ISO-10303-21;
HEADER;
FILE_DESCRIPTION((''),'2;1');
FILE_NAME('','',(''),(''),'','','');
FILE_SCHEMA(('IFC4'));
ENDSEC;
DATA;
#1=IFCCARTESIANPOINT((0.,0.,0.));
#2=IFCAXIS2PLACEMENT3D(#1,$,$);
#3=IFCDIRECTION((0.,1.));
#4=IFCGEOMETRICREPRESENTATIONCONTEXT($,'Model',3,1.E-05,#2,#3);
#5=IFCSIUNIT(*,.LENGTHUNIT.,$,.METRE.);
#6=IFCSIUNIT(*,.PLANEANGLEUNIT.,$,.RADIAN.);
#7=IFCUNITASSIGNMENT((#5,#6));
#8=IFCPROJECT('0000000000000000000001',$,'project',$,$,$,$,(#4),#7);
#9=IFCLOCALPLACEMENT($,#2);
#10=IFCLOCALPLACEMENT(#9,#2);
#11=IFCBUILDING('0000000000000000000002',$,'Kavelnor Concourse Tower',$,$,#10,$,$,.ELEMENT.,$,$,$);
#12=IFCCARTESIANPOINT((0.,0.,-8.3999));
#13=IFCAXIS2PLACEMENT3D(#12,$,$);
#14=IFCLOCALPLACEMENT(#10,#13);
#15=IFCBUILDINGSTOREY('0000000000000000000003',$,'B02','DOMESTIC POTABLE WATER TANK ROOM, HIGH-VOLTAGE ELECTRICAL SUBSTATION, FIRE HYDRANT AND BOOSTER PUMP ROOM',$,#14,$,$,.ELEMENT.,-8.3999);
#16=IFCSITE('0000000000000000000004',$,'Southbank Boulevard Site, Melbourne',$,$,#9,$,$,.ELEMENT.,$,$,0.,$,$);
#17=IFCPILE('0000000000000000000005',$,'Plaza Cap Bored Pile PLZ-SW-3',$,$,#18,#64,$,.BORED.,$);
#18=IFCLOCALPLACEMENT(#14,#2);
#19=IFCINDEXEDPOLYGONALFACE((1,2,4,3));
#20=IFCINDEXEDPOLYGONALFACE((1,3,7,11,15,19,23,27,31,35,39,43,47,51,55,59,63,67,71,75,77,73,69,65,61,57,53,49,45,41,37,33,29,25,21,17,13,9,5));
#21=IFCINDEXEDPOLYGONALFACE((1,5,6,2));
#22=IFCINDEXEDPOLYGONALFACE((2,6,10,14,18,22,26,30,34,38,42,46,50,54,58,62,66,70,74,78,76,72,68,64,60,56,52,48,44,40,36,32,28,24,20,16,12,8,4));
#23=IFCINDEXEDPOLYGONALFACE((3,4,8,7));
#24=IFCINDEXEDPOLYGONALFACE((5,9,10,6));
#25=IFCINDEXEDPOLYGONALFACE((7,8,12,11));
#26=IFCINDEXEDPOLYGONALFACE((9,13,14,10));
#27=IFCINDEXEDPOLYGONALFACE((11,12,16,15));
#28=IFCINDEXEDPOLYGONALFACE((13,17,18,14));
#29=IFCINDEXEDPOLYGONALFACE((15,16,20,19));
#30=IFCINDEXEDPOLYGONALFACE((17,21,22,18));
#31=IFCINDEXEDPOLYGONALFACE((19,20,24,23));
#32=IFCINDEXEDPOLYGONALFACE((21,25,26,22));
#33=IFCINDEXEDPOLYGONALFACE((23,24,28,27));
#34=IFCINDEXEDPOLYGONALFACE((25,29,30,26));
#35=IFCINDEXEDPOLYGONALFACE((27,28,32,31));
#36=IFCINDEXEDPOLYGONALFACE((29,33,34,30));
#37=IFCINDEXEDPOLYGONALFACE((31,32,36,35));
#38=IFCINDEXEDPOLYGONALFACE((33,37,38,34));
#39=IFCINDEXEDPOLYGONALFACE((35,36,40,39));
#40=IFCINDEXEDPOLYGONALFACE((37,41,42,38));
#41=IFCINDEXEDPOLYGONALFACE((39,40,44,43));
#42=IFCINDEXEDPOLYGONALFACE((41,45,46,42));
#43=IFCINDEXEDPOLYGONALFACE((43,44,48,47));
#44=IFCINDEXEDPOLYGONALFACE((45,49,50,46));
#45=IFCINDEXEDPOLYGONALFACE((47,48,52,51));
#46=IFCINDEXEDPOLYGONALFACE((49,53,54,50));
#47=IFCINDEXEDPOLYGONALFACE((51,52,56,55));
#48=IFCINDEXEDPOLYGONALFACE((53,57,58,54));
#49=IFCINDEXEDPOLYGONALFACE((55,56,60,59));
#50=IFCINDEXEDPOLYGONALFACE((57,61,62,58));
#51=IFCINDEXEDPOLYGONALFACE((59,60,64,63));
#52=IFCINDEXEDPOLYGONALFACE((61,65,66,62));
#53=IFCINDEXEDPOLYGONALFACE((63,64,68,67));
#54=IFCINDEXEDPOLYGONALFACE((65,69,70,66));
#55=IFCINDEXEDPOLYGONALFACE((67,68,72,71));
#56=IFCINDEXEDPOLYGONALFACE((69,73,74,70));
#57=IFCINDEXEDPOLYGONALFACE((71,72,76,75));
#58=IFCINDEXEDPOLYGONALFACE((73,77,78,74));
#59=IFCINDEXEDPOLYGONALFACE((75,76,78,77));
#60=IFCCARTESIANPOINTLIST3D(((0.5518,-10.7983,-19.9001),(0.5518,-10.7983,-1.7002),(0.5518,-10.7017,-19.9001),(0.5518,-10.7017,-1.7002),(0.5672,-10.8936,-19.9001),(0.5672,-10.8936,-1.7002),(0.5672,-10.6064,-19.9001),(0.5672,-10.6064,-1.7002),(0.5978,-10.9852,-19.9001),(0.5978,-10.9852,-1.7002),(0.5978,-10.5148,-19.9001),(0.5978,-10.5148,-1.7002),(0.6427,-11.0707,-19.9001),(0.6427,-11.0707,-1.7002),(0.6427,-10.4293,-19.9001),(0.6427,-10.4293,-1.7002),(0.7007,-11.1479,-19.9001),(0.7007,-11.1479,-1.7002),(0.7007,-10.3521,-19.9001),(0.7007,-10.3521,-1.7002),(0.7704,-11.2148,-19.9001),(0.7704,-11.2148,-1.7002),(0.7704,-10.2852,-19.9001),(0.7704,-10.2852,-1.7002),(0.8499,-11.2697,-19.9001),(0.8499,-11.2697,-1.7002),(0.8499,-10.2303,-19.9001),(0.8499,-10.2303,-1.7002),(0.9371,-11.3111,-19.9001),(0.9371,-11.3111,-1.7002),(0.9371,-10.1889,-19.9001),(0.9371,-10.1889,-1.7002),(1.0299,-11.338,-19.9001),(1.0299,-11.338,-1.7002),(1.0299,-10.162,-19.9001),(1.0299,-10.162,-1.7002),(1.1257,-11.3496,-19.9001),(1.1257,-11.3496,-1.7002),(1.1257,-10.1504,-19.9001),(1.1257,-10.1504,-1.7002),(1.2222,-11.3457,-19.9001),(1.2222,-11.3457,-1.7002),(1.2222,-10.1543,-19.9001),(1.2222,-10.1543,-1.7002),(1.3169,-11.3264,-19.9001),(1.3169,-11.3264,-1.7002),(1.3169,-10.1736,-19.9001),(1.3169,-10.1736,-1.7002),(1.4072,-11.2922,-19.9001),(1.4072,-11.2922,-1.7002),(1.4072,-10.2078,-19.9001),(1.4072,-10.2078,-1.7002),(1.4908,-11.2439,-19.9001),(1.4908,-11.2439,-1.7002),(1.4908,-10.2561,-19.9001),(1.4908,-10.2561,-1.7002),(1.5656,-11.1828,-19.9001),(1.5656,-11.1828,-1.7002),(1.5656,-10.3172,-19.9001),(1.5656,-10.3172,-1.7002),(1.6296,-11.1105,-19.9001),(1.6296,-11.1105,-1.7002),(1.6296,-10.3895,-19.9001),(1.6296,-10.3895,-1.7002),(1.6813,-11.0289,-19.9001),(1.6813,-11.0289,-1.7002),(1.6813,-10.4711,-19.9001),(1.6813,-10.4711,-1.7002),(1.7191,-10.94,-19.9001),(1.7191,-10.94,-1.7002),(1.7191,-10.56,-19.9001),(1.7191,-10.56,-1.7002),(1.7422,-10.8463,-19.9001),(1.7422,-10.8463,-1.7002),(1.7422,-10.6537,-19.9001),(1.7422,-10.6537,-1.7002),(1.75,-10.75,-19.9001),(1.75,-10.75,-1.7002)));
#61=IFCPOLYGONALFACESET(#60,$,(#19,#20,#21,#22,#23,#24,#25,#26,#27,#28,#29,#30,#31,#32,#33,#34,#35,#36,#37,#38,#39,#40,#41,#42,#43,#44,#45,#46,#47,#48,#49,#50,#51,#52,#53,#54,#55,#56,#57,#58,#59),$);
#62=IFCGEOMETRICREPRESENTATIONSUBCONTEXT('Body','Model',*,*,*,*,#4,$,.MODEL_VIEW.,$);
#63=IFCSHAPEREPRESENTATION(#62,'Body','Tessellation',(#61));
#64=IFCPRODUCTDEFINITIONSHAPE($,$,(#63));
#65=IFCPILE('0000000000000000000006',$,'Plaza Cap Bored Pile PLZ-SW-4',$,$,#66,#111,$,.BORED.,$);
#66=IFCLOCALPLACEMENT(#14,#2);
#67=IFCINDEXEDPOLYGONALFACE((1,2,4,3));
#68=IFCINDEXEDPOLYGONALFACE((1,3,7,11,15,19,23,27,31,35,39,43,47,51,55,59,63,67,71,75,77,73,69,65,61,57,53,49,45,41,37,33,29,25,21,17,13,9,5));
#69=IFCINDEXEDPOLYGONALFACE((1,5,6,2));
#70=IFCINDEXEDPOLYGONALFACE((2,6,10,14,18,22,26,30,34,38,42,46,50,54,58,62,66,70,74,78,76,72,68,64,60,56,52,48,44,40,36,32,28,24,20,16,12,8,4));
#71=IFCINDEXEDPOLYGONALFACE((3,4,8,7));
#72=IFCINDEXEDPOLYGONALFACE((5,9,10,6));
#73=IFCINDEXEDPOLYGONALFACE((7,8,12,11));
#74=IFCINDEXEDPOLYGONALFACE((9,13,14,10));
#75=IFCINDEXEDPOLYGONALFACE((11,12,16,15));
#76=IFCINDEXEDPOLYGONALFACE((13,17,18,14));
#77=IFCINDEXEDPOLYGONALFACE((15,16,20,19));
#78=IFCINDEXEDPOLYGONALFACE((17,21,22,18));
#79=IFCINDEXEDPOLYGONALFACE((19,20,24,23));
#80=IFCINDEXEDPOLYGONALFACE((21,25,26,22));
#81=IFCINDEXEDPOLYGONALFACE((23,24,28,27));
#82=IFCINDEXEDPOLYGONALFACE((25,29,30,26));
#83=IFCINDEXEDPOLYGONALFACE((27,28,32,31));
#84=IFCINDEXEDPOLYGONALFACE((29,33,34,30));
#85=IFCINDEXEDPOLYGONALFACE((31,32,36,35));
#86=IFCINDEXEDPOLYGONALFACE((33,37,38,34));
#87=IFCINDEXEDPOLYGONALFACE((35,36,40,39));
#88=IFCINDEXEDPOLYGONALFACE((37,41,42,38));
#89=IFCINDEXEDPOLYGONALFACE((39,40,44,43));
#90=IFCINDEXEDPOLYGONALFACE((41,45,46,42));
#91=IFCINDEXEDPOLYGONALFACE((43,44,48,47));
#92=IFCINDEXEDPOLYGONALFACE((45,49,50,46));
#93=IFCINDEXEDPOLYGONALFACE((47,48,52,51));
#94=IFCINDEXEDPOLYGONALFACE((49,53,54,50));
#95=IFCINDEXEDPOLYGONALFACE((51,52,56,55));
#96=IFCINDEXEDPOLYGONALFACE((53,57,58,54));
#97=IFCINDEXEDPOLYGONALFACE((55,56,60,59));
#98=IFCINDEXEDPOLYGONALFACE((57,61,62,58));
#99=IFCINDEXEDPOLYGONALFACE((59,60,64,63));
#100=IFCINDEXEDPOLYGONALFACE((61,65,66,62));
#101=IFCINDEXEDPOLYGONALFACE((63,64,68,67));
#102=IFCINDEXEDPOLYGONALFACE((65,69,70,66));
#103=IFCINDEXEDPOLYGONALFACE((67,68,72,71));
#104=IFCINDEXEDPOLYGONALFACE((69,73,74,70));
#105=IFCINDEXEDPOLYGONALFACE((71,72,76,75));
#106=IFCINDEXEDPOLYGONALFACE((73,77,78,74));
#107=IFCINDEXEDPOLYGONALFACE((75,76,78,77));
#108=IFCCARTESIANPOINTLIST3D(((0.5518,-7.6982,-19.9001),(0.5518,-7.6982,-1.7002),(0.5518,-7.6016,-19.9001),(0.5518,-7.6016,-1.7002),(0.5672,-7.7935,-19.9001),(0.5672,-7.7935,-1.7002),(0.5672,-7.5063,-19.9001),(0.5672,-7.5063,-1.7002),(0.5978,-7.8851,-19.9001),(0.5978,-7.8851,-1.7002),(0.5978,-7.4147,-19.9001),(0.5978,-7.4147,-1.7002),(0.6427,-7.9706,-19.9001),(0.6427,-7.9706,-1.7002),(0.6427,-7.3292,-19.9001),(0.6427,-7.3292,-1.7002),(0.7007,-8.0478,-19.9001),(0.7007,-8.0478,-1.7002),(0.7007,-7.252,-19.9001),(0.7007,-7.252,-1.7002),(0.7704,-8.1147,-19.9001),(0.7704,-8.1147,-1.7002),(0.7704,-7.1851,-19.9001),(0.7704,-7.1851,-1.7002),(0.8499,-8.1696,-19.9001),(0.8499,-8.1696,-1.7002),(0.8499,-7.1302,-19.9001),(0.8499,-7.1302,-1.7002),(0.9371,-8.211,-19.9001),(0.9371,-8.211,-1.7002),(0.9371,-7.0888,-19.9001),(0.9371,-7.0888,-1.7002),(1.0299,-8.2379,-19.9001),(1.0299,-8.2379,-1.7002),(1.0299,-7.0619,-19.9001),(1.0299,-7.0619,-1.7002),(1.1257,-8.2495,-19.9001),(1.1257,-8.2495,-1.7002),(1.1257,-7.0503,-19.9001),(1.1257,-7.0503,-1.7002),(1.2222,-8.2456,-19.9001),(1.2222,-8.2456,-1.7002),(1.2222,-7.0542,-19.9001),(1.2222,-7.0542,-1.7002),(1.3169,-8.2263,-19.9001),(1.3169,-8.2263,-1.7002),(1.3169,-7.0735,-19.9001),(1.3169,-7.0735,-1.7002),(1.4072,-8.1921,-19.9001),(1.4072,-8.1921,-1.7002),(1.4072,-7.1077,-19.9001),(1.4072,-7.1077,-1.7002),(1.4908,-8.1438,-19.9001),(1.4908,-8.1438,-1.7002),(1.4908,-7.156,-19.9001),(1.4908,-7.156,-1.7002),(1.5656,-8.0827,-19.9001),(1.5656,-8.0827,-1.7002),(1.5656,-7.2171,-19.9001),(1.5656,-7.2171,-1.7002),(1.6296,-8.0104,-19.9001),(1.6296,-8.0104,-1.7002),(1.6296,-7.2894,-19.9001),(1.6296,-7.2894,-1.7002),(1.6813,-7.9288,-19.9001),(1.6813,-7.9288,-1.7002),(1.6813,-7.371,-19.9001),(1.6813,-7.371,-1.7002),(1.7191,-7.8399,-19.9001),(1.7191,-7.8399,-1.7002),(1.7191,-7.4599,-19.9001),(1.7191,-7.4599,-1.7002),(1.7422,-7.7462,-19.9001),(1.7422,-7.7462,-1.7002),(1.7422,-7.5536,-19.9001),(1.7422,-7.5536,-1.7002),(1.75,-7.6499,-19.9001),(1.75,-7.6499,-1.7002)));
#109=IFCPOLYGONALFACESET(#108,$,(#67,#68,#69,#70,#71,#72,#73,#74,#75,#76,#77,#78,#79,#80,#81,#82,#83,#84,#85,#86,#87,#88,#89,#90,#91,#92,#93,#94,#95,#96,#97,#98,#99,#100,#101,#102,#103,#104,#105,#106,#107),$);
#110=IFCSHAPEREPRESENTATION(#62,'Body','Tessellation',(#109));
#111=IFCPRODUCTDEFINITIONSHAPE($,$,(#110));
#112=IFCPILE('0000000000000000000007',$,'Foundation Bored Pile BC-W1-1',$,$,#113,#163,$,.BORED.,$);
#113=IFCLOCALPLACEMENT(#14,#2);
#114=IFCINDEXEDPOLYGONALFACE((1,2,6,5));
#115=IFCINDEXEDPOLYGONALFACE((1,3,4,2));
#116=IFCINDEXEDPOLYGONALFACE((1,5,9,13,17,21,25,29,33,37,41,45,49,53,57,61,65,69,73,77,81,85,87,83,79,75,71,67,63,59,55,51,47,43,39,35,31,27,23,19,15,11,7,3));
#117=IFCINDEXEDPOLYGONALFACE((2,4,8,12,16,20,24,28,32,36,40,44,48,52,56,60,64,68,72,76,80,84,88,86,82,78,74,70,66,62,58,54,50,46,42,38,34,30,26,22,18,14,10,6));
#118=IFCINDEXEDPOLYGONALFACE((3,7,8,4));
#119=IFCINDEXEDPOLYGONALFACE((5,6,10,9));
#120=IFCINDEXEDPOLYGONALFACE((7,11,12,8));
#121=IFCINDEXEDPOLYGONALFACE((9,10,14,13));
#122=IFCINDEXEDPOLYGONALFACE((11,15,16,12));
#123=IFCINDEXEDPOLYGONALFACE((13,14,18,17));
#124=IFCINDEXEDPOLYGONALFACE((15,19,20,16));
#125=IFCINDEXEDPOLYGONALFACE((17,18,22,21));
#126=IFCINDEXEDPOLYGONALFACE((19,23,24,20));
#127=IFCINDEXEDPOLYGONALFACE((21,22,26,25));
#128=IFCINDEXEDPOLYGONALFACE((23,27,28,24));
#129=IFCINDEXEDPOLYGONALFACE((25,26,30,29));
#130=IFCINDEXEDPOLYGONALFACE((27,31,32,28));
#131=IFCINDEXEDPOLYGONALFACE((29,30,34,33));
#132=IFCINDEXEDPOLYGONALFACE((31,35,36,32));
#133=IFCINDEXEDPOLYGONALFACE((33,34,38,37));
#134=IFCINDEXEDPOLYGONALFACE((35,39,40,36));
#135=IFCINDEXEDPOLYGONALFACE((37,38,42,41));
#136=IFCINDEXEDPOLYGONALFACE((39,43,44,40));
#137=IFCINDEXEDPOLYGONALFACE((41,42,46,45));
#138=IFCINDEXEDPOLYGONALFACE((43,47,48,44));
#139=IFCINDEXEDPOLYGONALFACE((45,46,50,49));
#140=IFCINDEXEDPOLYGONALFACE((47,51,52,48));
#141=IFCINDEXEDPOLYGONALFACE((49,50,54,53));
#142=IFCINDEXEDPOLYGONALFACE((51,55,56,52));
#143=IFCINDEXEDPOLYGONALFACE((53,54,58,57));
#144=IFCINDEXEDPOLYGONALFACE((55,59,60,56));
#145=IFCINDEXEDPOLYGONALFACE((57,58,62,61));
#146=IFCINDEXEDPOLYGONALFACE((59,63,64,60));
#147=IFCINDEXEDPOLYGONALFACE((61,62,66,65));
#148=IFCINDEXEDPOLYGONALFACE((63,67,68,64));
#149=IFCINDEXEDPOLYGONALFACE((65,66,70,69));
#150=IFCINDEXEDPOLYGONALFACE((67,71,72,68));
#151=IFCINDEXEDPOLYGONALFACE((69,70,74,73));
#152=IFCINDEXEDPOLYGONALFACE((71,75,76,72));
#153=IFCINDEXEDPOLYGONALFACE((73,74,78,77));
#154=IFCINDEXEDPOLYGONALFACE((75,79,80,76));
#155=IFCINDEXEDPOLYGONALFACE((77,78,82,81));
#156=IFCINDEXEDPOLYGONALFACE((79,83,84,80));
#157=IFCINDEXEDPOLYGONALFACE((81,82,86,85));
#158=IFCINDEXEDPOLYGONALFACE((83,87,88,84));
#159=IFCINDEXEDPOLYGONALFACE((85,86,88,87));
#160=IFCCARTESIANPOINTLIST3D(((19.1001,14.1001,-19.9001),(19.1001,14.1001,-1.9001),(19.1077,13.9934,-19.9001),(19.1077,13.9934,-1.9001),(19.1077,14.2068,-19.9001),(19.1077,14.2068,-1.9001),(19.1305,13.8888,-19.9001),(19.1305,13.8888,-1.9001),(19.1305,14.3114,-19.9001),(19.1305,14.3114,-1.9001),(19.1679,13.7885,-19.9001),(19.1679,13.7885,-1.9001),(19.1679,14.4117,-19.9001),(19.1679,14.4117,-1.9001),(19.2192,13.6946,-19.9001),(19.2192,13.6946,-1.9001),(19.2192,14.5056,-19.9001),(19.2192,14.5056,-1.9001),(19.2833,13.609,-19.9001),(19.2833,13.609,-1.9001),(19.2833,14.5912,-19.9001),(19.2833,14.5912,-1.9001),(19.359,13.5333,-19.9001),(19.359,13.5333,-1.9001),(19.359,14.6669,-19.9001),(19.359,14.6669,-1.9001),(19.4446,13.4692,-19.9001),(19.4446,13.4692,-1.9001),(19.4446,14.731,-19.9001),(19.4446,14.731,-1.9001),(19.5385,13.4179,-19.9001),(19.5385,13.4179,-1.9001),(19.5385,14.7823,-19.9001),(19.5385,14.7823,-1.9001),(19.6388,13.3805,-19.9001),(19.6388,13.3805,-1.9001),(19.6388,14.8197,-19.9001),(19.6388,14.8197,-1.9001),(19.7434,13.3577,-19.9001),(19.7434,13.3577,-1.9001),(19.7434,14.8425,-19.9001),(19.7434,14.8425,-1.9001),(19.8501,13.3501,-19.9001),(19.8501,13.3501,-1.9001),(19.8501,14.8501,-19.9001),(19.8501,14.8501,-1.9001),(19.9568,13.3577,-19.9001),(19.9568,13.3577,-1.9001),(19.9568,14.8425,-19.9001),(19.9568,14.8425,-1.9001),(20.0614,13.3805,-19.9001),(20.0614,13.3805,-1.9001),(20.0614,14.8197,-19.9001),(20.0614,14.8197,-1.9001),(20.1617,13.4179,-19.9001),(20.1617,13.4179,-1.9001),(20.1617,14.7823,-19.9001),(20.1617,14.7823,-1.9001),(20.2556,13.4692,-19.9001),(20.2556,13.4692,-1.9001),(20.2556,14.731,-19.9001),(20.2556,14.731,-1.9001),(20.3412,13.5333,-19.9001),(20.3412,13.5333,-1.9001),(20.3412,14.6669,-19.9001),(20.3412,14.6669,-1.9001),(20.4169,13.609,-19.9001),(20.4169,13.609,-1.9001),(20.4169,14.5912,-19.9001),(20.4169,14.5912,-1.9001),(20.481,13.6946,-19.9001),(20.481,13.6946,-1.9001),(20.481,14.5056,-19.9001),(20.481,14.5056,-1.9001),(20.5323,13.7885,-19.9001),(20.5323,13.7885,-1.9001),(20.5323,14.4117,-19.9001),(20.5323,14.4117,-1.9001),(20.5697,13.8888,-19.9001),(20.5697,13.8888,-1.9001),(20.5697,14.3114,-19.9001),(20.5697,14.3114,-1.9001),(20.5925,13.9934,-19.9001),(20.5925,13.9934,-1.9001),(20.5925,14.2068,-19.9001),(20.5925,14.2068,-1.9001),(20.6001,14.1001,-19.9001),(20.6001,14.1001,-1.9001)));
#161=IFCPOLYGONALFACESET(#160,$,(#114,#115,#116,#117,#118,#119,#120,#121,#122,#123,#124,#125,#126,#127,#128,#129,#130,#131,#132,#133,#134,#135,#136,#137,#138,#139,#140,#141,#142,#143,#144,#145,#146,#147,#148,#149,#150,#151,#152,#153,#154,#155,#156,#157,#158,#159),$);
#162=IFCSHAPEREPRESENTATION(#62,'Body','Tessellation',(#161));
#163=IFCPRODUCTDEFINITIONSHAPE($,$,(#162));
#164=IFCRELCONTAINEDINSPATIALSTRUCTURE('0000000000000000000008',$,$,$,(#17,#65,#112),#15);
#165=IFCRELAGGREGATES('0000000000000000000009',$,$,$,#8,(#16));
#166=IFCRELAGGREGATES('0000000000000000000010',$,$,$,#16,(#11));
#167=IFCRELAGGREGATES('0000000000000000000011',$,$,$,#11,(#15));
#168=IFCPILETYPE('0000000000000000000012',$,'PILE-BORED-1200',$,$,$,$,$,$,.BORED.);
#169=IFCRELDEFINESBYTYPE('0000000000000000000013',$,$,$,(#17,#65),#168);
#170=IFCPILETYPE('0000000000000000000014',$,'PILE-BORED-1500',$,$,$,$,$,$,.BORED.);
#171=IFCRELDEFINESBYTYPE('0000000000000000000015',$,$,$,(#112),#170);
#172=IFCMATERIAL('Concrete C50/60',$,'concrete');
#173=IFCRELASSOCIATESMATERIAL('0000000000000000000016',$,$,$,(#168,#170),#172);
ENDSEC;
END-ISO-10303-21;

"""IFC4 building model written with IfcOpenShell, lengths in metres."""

from ifc_helpers import new_model, si_unit, direction, frame, origin, origin_2d, place, context, subcontext, project, spatial, circle, extrude, material, material_profile, profile_set, type_object, element, save


model = new_model("IFC4")

# Units and contexts
model_context = context("Model", 3, precision=1e-05, world=origin(), true_north=direction((0.0, 1.0)))
body_context = subcontext(model_context, "Body", "Model", "MODEL_VIEW")
ifc_project = project(units=[si_unit("LENGTHUNIT", "METRE"), si_unit("PLANEANGLEUNIT", "RADIAN")], contexts=[model_context])

# Site, building, storey
site_placement = place(None, origin())
site = spatial("IfcSite", under=ifc_project, at=site_placement, Name="Southbank Boulevard Site, Melbourne", CompositionType="ELEMENT", RefElevation=0.0)
building_placement = place(site_placement, origin())
building = spatial("IfcBuilding", under=site, at=building_placement, Name="Kavelnor Concourse Tower", CompositionType="ELEMENT")
storey_placement = place(building_placement, frame((0.0, 0.0, -8.3999)))
storey = spatial("IfcBuildingStorey", under=building, at=storey_placement, Name="B02", Description="DOMESTIC POTABLE WATER TANK ROOM, HIGH-VOLTAGE ELECTRICAL SUBSTATION, FIRE HYDRANT AND BOOSTER PUMP ROOM", CompositionType="ELEMENT", Elevation=-8.3999)

# Shared definitions
ifc_material_1 = material(Name="Concrete C50/60", Category="concrete")

# Piles
ifc_material_profile_1 = material_profile(ifc_material_1, circle(Radius=0.6001, at=origin_2d()), Name="PILE-D1200")
ifc_profile_set_1 = profile_set([ifc_material_profile_1], Name="Concrete C50/60")
pile_type_1 = type_object("IfcPileType", Name="PILE-BORED-1200", PredefinedType="BORED", material=ifc_profile_set_1)
for number, where, z_axis, x_axis, name in (
    (1, (1.1499, -10.75, -1.7002), (0.0, 0.0, -1.0), (1.0, 0.0, 0.0), "Plaza Cap Bored Pile PLZ-SW-3"),
    (2, (1.1499, -7.6499, -1.7002), (0.0, 0.0, -1.0), (1.0, 0.0, 0.0), "Plaza Cap Bored Pile PLZ-SW-4"),
):
    element("IfcPile", number, at=place(storey_placement, frame(where, z_axis=z_axis, x_axis=x_axis)), inside=storey, type_object=pile_type_1, Name=name, PredefinedType="BORED", context=body_context, shape_type="SweptSolid", body=[
        extrude(circle(Radius=0.6001, at=origin_2d()), origin(), (0.0, 0.0, 1.0), 18.2),
    ])
ifc_material_profile_2 = material_profile(ifc_material_1, circle(Radius=0.75, at=origin_2d()), Name="PILE-D1500")
ifc_profile_set_2 = profile_set([ifc_material_profile_2], Name="Concrete C50/60")
pile_type_2 = type_object("IfcPileType", Name="PILE-BORED-1500", PredefinedType="BORED", material=ifc_profile_set_2)
for number, where, z_axis, x_axis, name in (
    (3, (19.8501, 14.1001, -1.9001), (0.0, 0.0, -1.0), (1.0, 0.0, 0.0), "Foundation Bored Pile BC-W1-1"),
):
    element("IfcPile", number, at=place(storey_placement, frame(where, z_axis=z_axis, x_axis=x_axis)), inside=storey, type_object=pile_type_2, Name=name, PredefinedType="BORED", context=body_context, shape_type="SweptSolid", body=[
        extrude(circle(Radius=0.75, at=origin_2d()), origin(), (0.0, 0.0, 1.0), 18.0),
    ])

save(model, "model.ifc")
